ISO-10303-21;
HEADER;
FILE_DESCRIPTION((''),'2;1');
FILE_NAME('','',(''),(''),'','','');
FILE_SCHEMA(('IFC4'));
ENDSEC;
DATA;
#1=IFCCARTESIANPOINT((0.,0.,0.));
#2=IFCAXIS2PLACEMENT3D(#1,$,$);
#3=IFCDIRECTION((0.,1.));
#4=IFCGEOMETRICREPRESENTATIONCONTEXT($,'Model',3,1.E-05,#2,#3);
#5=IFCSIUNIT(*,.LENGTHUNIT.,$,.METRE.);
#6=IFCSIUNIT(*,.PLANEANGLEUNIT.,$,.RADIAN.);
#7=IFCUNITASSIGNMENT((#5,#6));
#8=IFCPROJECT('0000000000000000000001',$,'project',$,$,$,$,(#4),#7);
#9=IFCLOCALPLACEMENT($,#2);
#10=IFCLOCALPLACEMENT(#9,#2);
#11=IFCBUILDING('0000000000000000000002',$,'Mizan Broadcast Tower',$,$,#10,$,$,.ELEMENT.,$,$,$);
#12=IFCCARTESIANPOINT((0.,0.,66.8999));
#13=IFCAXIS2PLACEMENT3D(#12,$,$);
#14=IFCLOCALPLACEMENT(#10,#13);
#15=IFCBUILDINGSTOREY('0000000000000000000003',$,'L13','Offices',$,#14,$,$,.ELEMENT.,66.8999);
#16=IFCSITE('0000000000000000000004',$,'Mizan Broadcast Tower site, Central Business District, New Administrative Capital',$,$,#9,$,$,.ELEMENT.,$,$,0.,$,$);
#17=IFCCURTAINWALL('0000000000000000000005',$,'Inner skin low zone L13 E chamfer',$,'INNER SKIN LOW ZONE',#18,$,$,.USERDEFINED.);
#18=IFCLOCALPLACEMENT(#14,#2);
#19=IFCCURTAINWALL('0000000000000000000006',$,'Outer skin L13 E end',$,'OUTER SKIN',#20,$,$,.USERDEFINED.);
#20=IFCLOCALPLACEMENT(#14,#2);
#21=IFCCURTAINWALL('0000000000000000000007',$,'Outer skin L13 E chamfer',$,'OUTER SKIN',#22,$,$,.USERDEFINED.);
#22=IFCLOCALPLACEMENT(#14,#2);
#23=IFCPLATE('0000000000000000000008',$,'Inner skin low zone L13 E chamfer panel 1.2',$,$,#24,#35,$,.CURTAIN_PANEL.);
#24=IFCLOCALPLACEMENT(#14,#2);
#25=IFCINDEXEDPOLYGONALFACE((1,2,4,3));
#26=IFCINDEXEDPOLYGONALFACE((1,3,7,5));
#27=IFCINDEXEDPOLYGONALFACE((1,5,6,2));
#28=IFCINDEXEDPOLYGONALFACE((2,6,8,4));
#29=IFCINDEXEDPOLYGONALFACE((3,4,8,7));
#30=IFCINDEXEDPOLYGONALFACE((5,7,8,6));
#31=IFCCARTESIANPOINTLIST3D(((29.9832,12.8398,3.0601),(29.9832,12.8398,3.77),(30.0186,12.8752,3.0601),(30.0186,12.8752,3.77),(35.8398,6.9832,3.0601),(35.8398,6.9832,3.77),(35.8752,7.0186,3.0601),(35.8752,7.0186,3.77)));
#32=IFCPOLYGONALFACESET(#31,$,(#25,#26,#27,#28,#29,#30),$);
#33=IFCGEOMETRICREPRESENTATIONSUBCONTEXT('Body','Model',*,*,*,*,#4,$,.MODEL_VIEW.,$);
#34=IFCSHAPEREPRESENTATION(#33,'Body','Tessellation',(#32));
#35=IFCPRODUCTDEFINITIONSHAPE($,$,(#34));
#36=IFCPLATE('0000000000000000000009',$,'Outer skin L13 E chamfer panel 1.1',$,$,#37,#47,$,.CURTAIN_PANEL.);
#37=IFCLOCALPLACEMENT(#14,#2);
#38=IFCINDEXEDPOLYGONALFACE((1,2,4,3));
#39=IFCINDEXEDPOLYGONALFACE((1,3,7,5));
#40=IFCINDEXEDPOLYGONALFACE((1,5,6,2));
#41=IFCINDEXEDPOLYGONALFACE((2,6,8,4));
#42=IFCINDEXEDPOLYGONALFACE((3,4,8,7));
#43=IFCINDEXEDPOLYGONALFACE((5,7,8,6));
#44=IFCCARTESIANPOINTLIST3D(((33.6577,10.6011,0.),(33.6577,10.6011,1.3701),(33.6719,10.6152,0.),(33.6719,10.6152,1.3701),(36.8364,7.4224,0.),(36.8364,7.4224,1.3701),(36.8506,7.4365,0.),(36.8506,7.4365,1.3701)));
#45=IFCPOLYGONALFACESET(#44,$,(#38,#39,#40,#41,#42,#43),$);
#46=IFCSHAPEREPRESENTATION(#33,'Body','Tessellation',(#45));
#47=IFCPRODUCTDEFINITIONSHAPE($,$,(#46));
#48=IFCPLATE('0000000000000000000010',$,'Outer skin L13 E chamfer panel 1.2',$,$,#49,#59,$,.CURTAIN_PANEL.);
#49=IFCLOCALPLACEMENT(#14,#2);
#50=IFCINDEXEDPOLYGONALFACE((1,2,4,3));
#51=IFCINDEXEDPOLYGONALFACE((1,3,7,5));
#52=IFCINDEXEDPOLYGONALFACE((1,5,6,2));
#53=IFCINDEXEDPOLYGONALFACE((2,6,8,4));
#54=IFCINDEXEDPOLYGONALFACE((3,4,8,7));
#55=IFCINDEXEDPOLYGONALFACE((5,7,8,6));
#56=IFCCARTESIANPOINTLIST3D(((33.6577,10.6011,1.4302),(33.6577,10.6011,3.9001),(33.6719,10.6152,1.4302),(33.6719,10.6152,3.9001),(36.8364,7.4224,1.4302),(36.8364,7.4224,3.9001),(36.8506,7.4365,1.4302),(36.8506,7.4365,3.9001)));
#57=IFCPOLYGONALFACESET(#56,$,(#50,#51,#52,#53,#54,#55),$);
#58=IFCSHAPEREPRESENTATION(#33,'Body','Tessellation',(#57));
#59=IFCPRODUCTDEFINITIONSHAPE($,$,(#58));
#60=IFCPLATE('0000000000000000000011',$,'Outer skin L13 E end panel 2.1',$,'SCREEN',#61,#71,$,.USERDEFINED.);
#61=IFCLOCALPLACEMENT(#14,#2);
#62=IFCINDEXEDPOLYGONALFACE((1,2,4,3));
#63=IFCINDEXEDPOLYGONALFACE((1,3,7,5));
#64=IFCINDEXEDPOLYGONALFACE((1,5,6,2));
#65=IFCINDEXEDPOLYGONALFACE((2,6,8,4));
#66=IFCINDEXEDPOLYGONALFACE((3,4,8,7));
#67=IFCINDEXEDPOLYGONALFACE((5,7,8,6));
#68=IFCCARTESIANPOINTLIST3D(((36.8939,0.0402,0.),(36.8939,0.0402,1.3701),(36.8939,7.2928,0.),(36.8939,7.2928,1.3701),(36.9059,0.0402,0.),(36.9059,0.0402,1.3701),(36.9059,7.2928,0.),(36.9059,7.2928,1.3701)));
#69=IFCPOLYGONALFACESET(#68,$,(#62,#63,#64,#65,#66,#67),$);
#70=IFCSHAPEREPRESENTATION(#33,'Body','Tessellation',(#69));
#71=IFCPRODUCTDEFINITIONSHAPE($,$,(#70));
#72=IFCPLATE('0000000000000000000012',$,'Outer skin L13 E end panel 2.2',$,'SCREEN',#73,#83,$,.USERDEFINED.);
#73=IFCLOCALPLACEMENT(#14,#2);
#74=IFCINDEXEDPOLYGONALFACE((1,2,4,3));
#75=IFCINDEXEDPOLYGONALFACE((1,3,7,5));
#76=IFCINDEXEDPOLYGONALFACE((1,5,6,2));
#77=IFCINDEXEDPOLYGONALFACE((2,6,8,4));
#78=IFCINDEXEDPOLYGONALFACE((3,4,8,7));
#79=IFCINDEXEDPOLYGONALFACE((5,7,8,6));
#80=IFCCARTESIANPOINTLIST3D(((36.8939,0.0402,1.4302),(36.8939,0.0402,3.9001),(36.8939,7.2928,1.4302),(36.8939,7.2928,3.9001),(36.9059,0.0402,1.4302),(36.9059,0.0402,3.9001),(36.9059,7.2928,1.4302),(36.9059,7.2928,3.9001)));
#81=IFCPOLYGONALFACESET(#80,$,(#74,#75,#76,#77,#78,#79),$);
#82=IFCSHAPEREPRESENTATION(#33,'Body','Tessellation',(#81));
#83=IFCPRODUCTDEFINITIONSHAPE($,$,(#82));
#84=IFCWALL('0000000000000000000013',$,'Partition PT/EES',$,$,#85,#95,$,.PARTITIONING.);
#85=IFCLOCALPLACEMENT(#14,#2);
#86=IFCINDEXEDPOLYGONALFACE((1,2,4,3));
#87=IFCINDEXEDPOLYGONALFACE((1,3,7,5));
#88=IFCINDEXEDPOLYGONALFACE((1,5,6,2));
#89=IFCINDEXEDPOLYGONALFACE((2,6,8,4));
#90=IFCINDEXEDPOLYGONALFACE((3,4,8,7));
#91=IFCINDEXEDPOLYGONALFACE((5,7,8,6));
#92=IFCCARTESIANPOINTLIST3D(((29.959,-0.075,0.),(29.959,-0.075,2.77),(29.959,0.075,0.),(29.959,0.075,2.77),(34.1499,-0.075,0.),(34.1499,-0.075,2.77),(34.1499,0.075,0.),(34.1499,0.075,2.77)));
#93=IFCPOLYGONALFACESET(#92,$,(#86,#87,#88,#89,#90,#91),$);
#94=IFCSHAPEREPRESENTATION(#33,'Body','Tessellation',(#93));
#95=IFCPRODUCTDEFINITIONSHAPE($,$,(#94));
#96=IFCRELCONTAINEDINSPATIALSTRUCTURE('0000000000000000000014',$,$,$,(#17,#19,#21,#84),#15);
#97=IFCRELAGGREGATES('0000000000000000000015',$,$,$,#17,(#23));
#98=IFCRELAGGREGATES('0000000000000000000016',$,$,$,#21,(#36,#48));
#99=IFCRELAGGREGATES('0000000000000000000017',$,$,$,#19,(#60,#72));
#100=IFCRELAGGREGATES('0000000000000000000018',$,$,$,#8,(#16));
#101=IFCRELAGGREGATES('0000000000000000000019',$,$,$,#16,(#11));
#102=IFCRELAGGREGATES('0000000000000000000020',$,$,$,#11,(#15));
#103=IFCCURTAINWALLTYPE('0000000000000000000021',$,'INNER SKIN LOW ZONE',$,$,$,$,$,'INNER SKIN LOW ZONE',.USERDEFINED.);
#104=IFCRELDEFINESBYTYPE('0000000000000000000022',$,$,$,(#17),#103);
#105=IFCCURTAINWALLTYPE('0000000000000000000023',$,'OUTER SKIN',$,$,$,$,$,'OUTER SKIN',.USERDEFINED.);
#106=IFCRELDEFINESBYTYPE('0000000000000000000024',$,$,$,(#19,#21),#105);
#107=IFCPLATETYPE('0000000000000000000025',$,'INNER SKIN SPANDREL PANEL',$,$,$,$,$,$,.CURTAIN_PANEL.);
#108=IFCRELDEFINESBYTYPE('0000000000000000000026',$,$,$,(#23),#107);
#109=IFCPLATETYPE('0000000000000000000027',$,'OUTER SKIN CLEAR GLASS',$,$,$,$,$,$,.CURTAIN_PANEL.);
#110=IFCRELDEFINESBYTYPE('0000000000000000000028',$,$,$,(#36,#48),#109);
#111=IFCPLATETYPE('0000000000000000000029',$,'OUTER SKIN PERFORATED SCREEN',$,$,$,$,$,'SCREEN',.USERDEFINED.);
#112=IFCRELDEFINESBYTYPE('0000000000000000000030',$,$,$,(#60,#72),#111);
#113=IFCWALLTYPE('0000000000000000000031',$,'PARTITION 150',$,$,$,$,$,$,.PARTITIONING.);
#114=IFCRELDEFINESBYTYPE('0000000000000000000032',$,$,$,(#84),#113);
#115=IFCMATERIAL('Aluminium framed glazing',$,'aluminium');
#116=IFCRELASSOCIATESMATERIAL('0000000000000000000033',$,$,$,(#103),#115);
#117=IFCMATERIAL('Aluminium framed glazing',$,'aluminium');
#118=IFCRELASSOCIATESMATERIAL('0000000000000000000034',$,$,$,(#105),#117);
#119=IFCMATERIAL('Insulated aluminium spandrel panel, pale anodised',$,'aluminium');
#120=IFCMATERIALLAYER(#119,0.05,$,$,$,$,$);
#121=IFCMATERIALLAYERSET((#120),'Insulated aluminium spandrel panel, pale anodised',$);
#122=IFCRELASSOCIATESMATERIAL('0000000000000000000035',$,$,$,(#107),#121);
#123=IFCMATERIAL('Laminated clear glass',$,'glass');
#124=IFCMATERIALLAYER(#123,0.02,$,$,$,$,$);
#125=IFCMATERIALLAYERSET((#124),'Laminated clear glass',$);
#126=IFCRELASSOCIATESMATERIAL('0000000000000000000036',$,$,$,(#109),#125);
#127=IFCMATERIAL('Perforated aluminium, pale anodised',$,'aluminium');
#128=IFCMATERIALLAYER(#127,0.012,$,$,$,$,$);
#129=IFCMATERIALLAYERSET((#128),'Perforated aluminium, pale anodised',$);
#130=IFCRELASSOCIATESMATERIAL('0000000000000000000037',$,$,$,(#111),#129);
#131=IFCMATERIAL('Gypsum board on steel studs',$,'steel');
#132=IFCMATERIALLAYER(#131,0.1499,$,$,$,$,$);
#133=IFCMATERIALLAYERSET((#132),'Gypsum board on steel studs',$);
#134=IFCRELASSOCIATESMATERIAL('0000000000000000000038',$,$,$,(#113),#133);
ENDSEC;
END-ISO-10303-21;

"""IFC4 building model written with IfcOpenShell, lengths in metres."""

from ifc_helpers import new_model, si_unit, direction, frame, frame_2d, origin, origin_2d, place, context, subcontext, project, spatial, rectangle, extrude, material, layer, layer_set, type_object, element, aggregate, save


model = new_model("IFC4")

# Units and contexts
model_context = context("Model", 3, precision=1e-05, world=origin(), true_north=direction((0.0, 1.0)))
body_context = subcontext(model_context, "Body", "Model", "MODEL_VIEW")
ifc_project = project(units=[si_unit("LENGTHUNIT", "METRE"), si_unit("PLANEANGLEUNIT", "RADIAN")], contexts=[model_context])

# Site, building, storey
site_placement = place(None, origin())
site = spatial("IfcSite", under=ifc_project, at=site_placement, Name="Mizan Broadcast Tower site, Central Business District, New Administrative Capital", CompositionType="ELEMENT", RefElevation=0.0)
building_placement = place(site_placement, origin())
building = spatial("IfcBuilding", under=site, at=building_placement, Name="Mizan Broadcast Tower", CompositionType="ELEMENT")
storey_placement = place(building_placement, frame((0.0, 0.0, 66.8999)))
storey = spatial("IfcBuildingStorey", under=building, at=storey_placement, Name="L13", Description="Offices", CompositionType="ELEMENT", Elevation=66.8999)

# Shared definitions
ifc_material_1 = material(Name="Aluminium framed glazing", Category="aluminium")
curtain_wall_type_1 = type_object("IfcCurtainWallType", Name="INNER SKIN LOW ZONE", ElementType="INNER SKIN LOW ZONE", PredefinedType="USERDEFINED", material=ifc_material_1)

# Curtain wall
curtain_wall_1_placement = place(storey_placement, origin())
curtain_wall_1 = element("IfcCurtainWall", 1, at=curtain_wall_1_placement, inside=storey, type_object=curtain_wall_type_1, Name="Inner skin low zone L13 E chamfer", ObjectType="INNER SKIN LOW ZONE", PredefinedType="USERDEFINED")

# Curtain wall
ifc_material_2 = material(Name="Aluminium framed glazing", Category="aluminium")
curtain_wall_type_2 = type_object("IfcCurtainWallType", Name="OUTER SKIN", ElementType="OUTER SKIN", PredefinedType="USERDEFINED", material=ifc_material_2)
curtain_wall_2_placement = place(storey_placement, origin())
curtain_wall_2 = element("IfcCurtainWall", 2, at=curtain_wall_2_placement, inside=storey, type_object=curtain_wall_type_2, Name="Outer skin L13 E end", ObjectType="OUTER SKIN", PredefinedType="USERDEFINED")

# Curtain wall
curtain_wall_3_placement = place(storey_placement, origin())
curtain_wall_3 = element("IfcCurtainWall", 3, at=curtain_wall_3_placement, inside=storey, type_object=curtain_wall_type_2, Name="Outer skin L13 E chamfer", ObjectType="OUTER SKIN", PredefinedType="USERDEFINED")

# Plates
ifc_material_3 = material(Name="Insulated aluminium spandrel panel, pale anodised", Category="aluminium")
ifc_layer_1 = layer(ifc_material_3, 0.05)
ifc_layer_set_1 = layer_set([ifc_layer_1], Name="Insulated aluminium spandrel panel, pale anodised")
plate_type_1 = type_object("IfcPlateType", Name="INNER SKIN SPANDREL PANEL", PredefinedType="CURTAIN_PANEL", material=ifc_layer_set_1)
plate_1_placement = place(storey_placement, frame((32.9292, 9.9292, 3.0601), z_axis=(0.0, 0.0, 1.0), x_axis=(-0.707107, 0.707107, 0.0)))
plate_1 = element("IfcPlate", 4, at=plate_1_placement, type_object=plate_type_1, Name="Inner skin low zone L13 E chamfer panel 1.2", PredefinedType="CURTAIN_PANEL", context=body_context, shape_type="SweptSolid", body=[
    extrude(rectangle(XDim=8.2825, YDim=0.05, at=origin_2d()), origin(), (0.0, 0.0, 1.0), 0.71),
])
aggregate(curtain_wall_1, [plate_1])
ifc_material_4 = material(Name="Laminated clear glass", Category="glass")
ifc_layer_2 = layer(ifc_material_4, 0.02)
ifc_layer_set_2 = layer_set([ifc_layer_2], Name="Laminated clear glass")
plate_type_2 = type_object("IfcPlateType", Name="OUTER SKIN CLEAR GLASS", PredefinedType="CURTAIN_PANEL", material=ifc_layer_set_2)
plate_2_placement = place(storey_placement, frame((35.2542, 9.0188, 0.0), z_axis=(0.0, 0.0, 1.0), x_axis=(-0.707107, 0.707107, 0.0)))
plate_2 = element("IfcPlate", 5, at=plate_2_placement, type_object=plate_type_2, Name="Outer skin L13 E chamfer panel 1.1", PredefinedType="CURTAIN_PANEL", context=body_context, shape_type="SweptSolid", body=[
    extrude(rectangle(XDim=4.4954, YDim=0.02, at=origin_2d()), origin(), (0.0, 0.0, 1.0), 1.3701),
])
plate_3_placement = place(storey_placement, frame((35.2542, 9.0188, 1.4302), z_axis=(0.0, 0.0, 1.0), x_axis=(-0.707107, 0.707107, 0.0)))
plate_3 = element("IfcPlate", 6, at=plate_3_placement, type_object=plate_type_2, Name="Outer skin L13 E chamfer panel 1.2", PredefinedType="CURTAIN_PANEL", context=body_context, shape_type="SweptSolid", body=[
    extrude(rectangle(XDim=4.4954, YDim=0.02, at=origin_2d()), origin(), (0.0, 0.0, 1.0), 2.47),
])
aggregate(curtain_wall_3, [plate_2, plate_3])
ifc_material_5 = material(Name="Perforated aluminium, pale anodised", Category="aluminium")
ifc_layer_3 = layer(ifc_material_5, 0.012)
ifc_layer_set_3 = layer_set([ifc_layer_3], Name="Perforated aluminium, pale anodised")
plate_type_3 = type_object("IfcPlateType", Name="OUTER SKIN PERFORATED SCREEN", ElementType="SCREEN", PredefinedType="USERDEFINED", material=ifc_layer_set_3)
plate_4_placement = place(storey_placement, frame((36.8999, 3.6665, 0.0), z_axis=(0.0, 0.0, 1.0), x_axis=(0.0, 1.0, 0.0)))
plate_4 = element("IfcPlate", 7, at=plate_4_placement, type_object=plate_type_3, Name="Outer skin L13 E end panel 2.1", ObjectType="SCREEN", PredefinedType="USERDEFINED", context=body_context, shape_type="SweptSolid", body=[
    extrude(rectangle(XDim=7.2527, YDim=0.012, at=origin_2d()), origin(), (0.0, 0.0, 1.0), 1.3701),
])
plate_5_placement = place(storey_placement, frame((36.8999, 3.6665, 1.4302), z_axis=(0.0, 0.0, 1.0), x_axis=(0.0, 1.0, 0.0)))
plate_5 = element("IfcPlate", 8, at=plate_5_placement, type_object=plate_type_3, Name="Outer skin L13 E end panel 2.2", ObjectType="SCREEN", PredefinedType="USERDEFINED", context=body_context, shape_type="SweptSolid", body=[
    extrude(rectangle(XDim=7.2527, YDim=0.012, at=origin_2d()), origin(), (0.0, 0.0, 1.0), 2.47),
])
aggregate(curtain_wall_2, [plate_4, plate_5])

# Wall
ifc_material_6 = material(Name="Gypsum board on steel studs", Category="steel")
ifc_layer_4 = layer(ifc_material_6, 0.1499)
ifc_layer_set_4 = layer_set([ifc_layer_4], Name="Gypsum board on steel studs")
wall_type = type_object("IfcWallType", Name="PARTITION 150", PredefinedType="PARTITIONING", material=ifc_layer_set_4)
wall_placement = place(storey_placement, frame((29.959, 0.0, 0.0), z_axis=(0.0, 0.0, 1.0), x_axis=(1.0, 0.0, 0.0)))
element("IfcWall", 9, at=wall_placement, inside=storey, type_object=wall_type, Name="Partition PT/EES", PredefinedType="PARTITIONING", context=body_context, shape_type="SweptSolid", body=[
    extrude(rectangle(XDim=4.1909, YDim=0.1499, at=frame_2d((2.0955, 0.0))), origin(), (0.0, 0.0, 1.0), 2.77),
])

save(model, "model.ifc")
